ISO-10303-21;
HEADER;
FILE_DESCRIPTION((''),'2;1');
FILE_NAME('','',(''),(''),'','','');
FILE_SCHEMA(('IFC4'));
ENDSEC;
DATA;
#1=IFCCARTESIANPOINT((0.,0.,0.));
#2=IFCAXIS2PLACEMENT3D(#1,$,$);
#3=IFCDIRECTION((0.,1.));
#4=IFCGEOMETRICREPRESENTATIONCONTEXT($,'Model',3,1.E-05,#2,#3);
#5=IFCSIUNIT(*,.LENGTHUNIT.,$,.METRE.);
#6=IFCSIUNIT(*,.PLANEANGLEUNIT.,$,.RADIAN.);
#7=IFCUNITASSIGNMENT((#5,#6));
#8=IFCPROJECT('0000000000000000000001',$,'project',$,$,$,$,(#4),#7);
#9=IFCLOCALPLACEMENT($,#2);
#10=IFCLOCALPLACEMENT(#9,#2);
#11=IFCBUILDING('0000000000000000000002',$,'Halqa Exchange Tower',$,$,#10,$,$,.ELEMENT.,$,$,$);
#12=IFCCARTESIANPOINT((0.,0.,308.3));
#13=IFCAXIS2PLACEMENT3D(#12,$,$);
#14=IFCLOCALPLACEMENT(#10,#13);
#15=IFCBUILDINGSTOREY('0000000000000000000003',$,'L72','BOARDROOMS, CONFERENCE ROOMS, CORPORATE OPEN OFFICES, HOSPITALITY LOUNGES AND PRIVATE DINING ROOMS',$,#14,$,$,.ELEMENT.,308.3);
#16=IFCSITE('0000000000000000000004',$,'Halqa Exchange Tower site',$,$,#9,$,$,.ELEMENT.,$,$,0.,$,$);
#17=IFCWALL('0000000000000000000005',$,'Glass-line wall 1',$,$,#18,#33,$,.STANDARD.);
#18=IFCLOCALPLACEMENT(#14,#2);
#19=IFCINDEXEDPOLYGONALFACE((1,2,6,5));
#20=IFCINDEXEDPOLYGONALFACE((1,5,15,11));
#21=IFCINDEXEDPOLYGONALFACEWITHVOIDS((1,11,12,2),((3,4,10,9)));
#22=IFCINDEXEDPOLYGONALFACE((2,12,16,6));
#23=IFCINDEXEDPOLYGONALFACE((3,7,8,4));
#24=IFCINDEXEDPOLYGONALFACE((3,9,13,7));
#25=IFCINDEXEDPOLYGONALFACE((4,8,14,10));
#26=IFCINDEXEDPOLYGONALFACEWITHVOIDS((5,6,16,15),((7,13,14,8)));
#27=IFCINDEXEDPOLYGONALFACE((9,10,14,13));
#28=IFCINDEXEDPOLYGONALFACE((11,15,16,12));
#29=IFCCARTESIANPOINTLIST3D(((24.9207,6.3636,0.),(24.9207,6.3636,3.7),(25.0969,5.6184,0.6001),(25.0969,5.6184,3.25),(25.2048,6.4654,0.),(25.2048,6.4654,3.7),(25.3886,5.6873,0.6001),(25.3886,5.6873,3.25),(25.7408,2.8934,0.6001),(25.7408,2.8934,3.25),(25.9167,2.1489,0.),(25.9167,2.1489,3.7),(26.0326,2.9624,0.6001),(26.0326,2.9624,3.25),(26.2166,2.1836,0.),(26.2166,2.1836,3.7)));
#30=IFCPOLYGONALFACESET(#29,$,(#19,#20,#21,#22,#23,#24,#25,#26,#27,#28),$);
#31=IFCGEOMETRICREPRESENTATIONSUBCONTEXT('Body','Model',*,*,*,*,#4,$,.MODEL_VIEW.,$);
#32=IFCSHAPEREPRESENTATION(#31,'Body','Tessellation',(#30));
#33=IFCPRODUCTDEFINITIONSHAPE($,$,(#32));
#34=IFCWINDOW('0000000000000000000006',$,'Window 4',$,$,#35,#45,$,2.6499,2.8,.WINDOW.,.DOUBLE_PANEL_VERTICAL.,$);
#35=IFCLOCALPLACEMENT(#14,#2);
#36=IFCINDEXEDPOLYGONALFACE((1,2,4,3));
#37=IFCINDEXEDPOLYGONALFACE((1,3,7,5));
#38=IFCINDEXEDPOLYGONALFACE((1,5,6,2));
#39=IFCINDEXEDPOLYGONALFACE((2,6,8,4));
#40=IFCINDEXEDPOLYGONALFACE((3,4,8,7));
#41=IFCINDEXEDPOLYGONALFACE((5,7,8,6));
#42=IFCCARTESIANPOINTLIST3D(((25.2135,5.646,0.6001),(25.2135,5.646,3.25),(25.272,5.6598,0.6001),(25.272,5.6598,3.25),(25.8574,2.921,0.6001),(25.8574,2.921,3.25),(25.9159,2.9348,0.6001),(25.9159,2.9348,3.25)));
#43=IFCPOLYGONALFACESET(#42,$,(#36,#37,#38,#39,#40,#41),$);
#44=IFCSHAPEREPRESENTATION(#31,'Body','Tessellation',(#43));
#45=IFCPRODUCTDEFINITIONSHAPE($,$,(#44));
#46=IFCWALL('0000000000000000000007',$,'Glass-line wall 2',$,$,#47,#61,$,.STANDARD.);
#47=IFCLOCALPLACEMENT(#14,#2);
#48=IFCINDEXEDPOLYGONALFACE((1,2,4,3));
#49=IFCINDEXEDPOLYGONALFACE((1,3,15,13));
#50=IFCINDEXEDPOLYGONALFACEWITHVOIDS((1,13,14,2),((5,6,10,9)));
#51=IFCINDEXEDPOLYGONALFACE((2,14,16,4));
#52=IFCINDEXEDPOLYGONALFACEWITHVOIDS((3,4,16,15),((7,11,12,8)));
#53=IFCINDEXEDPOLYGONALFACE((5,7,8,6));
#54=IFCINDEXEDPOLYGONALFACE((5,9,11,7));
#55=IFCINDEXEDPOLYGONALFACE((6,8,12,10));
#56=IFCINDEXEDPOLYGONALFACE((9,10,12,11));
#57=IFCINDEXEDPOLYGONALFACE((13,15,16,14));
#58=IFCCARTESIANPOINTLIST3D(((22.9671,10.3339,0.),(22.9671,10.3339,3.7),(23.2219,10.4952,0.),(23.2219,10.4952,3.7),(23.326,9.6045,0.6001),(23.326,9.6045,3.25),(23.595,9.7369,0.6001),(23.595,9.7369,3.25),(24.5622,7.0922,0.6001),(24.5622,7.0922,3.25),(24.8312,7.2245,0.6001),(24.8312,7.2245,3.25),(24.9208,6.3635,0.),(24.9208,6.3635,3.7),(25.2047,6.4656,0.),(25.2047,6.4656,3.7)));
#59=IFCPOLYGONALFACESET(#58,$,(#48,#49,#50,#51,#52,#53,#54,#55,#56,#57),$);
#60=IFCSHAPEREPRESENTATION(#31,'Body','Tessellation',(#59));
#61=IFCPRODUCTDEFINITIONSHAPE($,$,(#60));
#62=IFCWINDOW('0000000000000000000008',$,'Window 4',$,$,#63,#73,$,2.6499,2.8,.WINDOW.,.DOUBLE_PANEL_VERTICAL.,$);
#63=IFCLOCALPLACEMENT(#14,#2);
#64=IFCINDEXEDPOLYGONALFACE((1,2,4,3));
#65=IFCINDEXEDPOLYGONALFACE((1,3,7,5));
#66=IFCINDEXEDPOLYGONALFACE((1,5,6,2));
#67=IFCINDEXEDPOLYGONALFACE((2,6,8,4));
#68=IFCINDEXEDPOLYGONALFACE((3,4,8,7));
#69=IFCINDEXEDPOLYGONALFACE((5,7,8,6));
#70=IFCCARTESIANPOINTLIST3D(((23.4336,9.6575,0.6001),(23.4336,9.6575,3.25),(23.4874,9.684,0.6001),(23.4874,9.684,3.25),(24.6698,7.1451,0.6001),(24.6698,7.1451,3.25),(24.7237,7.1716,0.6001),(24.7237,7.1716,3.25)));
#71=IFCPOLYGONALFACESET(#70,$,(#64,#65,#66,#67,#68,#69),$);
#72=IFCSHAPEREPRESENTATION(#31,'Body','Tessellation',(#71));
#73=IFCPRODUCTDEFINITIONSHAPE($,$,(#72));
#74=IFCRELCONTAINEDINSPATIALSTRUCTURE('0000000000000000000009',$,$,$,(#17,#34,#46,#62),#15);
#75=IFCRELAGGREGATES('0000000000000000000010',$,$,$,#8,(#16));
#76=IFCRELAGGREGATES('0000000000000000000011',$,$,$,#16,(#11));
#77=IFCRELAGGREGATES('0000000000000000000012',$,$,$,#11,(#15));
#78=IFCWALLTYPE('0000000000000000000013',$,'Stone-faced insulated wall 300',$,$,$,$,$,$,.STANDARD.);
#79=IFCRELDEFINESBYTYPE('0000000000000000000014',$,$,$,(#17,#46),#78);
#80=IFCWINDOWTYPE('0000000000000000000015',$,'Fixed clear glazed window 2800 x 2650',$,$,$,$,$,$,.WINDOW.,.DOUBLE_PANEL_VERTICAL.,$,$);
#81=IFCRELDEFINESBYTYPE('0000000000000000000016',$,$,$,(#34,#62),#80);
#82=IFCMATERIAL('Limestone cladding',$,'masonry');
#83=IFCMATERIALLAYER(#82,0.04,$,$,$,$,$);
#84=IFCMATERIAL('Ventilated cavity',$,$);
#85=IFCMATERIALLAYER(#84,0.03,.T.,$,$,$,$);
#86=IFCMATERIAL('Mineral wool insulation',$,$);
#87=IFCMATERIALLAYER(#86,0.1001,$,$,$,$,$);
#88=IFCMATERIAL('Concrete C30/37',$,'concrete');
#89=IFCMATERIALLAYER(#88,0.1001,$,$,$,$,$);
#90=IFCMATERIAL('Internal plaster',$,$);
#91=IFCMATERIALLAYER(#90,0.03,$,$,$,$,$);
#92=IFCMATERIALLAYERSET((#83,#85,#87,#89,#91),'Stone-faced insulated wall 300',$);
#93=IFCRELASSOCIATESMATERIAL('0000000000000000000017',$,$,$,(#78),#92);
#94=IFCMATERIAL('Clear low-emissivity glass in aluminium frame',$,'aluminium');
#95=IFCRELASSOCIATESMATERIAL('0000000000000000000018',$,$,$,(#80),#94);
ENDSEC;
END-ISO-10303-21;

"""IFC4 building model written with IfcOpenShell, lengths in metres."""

from ifc_helpers import new_model, si_unit, direction, frame, frame_2d, origin, place, context, subcontext, project, spatial, polyline, rectangle, outline, extrude, material, layer, layer_set, type_object, element, fill, save


model = new_model("IFC4")

# Units and contexts
model_context = context("Model", 3, precision=1e-05, world=origin(), true_north=direction((0.0, 1.0)))
body_context = subcontext(model_context, "Body", "Model", "MODEL_VIEW")
ifc_project = project(units=[si_unit("LENGTHUNIT", "METRE"), si_unit("PLANEANGLEUNIT", "RADIAN")], contexts=[model_context])

# Site, building, storey
site_placement = place(None, origin())
site = spatial("IfcSite", under=ifc_project, at=site_placement, Name="Halqa Exchange Tower site", CompositionType="ELEMENT", RefElevation=0.0)
building_placement = place(site_placement, origin())
building = spatial("IfcBuilding", under=site, at=building_placement, Name="Halqa Exchange Tower", CompositionType="ELEMENT")
storey_placement = place(building_placement, frame((0.0, 0.0, 308.3)))
storey = spatial("IfcBuildingStorey", under=building, at=storey_placement, Name="L72", Description="BOARDROOMS, CONFERENCE ROOMS, CORPORATE OPEN OFFICES, HOSPITALITY LOUNGES AND PRIVATE DINING ROOMS", CompositionType="ELEMENT", Elevation=308.3)

# Walls, openings, windows
ifc_material_1 = material(Name="Limestone cladding", Category="masonry")
ifc_layer_1 = layer(ifc_material_1, 0.04)
ifc_material_2 = material(Name="Ventilated cavity")
ifc_layer_2 = layer(ifc_material_2, 0.03, ventilated=True)
ifc_material_3 = material(Name="Mineral wool insulation")
ifc_layer_3 = layer(ifc_material_3, 0.1001)
ifc_material_4 = material(Name="Concrete C30/37", Category="concrete")
ifc_layer_4 = layer(ifc_material_4, 0.1001)
ifc_material_5 = material(Name="Internal plaster")
ifc_layer_5 = layer(ifc_material_5, 0.03)
ifc_layer_set_1 = layer_set([ifc_layer_1, ifc_layer_2, ifc_layer_3, ifc_layer_4, ifc_layer_5], Name="Stone-faced insulated wall 300")
wall_type_1 = type_object("IfcWallType", Name="Stone-faced insulated wall 300", PredefinedType="STANDARD", material=ifc_layer_set_1)
wall_1_placement = place(storey_placement, frame((26.0667, 2.1663, 0.0), z_axis=(0.0, 0.0, 1.0), x_axis=(-0.229974, 0.973197, 0.0)))
wall_1 = element("IfcWall", 1, at=wall_1_placement, inside=storey, type_object=wall_type_1, Name="Glass-line wall 1", PredefinedType="STANDARD", context=body_context, shape_type="SweptSolid", body=[
    extrude(outline(polyline([(-0.0176, -0.1499), (4.3821, -0.1499), (4.3484, 0.1499), (0.0176, 0.1499), (-0.0176, -0.1499)])), origin(), (0.0, 0.0, 1.0), 3.7),
])
opening_1_placement = place(wall_1_placement, frame((0.7827, 0.0, 0.6001)))
opening_1 = element("IfcOpeningElement", 2, at=opening_1_placement, cuts=wall_1, PredefinedType="OPENING", context=body_context, shape_type="SweptSolid", body=[
    extrude(rectangle(XDim=2.8, YDim=2.6499, at=frame_2d((1.3999, 1.325))), frame((0.0, 0.1621, 0.0), z_axis=(0.0, -1.0, 0.0), x_axis=(1.0, 0.0, 0.0)), (0.0, 0.0, 1.0), 0.324),
])
ifc_material_6 = material(Name="Clear low-emissivity glass in aluminium frame", Category="aluminium")
window_type = type_object("IfcWindowType", Name="Fixed clear glazed window 2800 x 2650", PartitioningType="DOUBLE_PANEL_VERTICAL", PredefinedType="WINDOW", material=ifc_material_6)
window_1_placement = place(opening_1_placement, origin())
window_1 = element("IfcWindow", 3, at=window_1_placement, inside=storey, type_object=window_type, Name="Window 4", OverallHeight=2.6499, OverallWidth=2.8, PartitioningType="DOUBLE_PANEL_VERTICAL", PredefinedType="WINDOW", context=body_context, shape_type="SweptSolid", body=[
    extrude(rectangle(XDim=2.8, YDim=2.6499, at=frame_2d((1.3999, 1.325))), frame((0.0, 0.03, 0.0), z_axis=(0.0, -1.0, 0.0), x_axis=(1.0, 0.0, 0.0)), (0.0, 0.0, 1.0), 0.0601),
])
fill(opening_1, window_1)
wall_2_placement = place(storey_placement, frame((25.0627, 6.4146, 0.0), z_axis=(0.0, 0.0, 1.0), x_axis=(-0.441509, 0.897257, 0.0)))
wall_2 = element("IfcWall", 4, at=wall_2_placement, inside=storey, type_object=wall_type_1, Name="Glass-line wall 2", PredefinedType="STANDARD", context=body_context, shape_type="SweptSolid", body=[
    extrude(outline(polyline([(-0.0168, -0.1499), (4.4741, -0.1499), (4.4419, 0.1499), (0.0168, 0.1499), (-0.0168, -0.1499)])), origin(), (0.0, 0.0, 1.0), 3.7),
])
opening_2_placement = place(wall_2_placement, frame((0.8291, 0.0, 0.6001)))
opening_2 = element("IfcOpeningElement", 5, at=opening_2_placement, cuts=wall_2, PredefinedType="OPENING", context=body_context, shape_type="SweptSolid", body=[
    extrude(rectangle(XDim=2.8, YDim=2.6499, at=frame_2d((1.3999, 1.325))), frame((0.0, 0.1621, 0.0), z_axis=(0.0, -1.0, 0.0), x_axis=(1.0, 0.0, 0.0)), (0.0, 0.0, 1.0), 0.324),
])
window_2_placement = place(opening_2_placement, origin())
window_2 = element("IfcWindow", 6, at=window_2_placement, inside=storey, type_object=window_type, Name="Window 4", OverallHeight=2.6499, OverallWidth=2.8, PartitioningType="DOUBLE_PANEL_VERTICAL", PredefinedType="WINDOW", context=body_context, shape_type="SweptSolid", body=[
    extrude(rectangle(XDim=2.8, YDim=2.6499, at=frame_2d((1.3999, 1.325))), frame((0.0, 0.03, 0.0), z_axis=(0.0, -1.0, 0.0), x_axis=(1.0, 0.0, 0.0)), (0.0, 0.0, 1.0), 0.0601),
])
fill(opening_2, window_2)

save(model, "model.ifc")
